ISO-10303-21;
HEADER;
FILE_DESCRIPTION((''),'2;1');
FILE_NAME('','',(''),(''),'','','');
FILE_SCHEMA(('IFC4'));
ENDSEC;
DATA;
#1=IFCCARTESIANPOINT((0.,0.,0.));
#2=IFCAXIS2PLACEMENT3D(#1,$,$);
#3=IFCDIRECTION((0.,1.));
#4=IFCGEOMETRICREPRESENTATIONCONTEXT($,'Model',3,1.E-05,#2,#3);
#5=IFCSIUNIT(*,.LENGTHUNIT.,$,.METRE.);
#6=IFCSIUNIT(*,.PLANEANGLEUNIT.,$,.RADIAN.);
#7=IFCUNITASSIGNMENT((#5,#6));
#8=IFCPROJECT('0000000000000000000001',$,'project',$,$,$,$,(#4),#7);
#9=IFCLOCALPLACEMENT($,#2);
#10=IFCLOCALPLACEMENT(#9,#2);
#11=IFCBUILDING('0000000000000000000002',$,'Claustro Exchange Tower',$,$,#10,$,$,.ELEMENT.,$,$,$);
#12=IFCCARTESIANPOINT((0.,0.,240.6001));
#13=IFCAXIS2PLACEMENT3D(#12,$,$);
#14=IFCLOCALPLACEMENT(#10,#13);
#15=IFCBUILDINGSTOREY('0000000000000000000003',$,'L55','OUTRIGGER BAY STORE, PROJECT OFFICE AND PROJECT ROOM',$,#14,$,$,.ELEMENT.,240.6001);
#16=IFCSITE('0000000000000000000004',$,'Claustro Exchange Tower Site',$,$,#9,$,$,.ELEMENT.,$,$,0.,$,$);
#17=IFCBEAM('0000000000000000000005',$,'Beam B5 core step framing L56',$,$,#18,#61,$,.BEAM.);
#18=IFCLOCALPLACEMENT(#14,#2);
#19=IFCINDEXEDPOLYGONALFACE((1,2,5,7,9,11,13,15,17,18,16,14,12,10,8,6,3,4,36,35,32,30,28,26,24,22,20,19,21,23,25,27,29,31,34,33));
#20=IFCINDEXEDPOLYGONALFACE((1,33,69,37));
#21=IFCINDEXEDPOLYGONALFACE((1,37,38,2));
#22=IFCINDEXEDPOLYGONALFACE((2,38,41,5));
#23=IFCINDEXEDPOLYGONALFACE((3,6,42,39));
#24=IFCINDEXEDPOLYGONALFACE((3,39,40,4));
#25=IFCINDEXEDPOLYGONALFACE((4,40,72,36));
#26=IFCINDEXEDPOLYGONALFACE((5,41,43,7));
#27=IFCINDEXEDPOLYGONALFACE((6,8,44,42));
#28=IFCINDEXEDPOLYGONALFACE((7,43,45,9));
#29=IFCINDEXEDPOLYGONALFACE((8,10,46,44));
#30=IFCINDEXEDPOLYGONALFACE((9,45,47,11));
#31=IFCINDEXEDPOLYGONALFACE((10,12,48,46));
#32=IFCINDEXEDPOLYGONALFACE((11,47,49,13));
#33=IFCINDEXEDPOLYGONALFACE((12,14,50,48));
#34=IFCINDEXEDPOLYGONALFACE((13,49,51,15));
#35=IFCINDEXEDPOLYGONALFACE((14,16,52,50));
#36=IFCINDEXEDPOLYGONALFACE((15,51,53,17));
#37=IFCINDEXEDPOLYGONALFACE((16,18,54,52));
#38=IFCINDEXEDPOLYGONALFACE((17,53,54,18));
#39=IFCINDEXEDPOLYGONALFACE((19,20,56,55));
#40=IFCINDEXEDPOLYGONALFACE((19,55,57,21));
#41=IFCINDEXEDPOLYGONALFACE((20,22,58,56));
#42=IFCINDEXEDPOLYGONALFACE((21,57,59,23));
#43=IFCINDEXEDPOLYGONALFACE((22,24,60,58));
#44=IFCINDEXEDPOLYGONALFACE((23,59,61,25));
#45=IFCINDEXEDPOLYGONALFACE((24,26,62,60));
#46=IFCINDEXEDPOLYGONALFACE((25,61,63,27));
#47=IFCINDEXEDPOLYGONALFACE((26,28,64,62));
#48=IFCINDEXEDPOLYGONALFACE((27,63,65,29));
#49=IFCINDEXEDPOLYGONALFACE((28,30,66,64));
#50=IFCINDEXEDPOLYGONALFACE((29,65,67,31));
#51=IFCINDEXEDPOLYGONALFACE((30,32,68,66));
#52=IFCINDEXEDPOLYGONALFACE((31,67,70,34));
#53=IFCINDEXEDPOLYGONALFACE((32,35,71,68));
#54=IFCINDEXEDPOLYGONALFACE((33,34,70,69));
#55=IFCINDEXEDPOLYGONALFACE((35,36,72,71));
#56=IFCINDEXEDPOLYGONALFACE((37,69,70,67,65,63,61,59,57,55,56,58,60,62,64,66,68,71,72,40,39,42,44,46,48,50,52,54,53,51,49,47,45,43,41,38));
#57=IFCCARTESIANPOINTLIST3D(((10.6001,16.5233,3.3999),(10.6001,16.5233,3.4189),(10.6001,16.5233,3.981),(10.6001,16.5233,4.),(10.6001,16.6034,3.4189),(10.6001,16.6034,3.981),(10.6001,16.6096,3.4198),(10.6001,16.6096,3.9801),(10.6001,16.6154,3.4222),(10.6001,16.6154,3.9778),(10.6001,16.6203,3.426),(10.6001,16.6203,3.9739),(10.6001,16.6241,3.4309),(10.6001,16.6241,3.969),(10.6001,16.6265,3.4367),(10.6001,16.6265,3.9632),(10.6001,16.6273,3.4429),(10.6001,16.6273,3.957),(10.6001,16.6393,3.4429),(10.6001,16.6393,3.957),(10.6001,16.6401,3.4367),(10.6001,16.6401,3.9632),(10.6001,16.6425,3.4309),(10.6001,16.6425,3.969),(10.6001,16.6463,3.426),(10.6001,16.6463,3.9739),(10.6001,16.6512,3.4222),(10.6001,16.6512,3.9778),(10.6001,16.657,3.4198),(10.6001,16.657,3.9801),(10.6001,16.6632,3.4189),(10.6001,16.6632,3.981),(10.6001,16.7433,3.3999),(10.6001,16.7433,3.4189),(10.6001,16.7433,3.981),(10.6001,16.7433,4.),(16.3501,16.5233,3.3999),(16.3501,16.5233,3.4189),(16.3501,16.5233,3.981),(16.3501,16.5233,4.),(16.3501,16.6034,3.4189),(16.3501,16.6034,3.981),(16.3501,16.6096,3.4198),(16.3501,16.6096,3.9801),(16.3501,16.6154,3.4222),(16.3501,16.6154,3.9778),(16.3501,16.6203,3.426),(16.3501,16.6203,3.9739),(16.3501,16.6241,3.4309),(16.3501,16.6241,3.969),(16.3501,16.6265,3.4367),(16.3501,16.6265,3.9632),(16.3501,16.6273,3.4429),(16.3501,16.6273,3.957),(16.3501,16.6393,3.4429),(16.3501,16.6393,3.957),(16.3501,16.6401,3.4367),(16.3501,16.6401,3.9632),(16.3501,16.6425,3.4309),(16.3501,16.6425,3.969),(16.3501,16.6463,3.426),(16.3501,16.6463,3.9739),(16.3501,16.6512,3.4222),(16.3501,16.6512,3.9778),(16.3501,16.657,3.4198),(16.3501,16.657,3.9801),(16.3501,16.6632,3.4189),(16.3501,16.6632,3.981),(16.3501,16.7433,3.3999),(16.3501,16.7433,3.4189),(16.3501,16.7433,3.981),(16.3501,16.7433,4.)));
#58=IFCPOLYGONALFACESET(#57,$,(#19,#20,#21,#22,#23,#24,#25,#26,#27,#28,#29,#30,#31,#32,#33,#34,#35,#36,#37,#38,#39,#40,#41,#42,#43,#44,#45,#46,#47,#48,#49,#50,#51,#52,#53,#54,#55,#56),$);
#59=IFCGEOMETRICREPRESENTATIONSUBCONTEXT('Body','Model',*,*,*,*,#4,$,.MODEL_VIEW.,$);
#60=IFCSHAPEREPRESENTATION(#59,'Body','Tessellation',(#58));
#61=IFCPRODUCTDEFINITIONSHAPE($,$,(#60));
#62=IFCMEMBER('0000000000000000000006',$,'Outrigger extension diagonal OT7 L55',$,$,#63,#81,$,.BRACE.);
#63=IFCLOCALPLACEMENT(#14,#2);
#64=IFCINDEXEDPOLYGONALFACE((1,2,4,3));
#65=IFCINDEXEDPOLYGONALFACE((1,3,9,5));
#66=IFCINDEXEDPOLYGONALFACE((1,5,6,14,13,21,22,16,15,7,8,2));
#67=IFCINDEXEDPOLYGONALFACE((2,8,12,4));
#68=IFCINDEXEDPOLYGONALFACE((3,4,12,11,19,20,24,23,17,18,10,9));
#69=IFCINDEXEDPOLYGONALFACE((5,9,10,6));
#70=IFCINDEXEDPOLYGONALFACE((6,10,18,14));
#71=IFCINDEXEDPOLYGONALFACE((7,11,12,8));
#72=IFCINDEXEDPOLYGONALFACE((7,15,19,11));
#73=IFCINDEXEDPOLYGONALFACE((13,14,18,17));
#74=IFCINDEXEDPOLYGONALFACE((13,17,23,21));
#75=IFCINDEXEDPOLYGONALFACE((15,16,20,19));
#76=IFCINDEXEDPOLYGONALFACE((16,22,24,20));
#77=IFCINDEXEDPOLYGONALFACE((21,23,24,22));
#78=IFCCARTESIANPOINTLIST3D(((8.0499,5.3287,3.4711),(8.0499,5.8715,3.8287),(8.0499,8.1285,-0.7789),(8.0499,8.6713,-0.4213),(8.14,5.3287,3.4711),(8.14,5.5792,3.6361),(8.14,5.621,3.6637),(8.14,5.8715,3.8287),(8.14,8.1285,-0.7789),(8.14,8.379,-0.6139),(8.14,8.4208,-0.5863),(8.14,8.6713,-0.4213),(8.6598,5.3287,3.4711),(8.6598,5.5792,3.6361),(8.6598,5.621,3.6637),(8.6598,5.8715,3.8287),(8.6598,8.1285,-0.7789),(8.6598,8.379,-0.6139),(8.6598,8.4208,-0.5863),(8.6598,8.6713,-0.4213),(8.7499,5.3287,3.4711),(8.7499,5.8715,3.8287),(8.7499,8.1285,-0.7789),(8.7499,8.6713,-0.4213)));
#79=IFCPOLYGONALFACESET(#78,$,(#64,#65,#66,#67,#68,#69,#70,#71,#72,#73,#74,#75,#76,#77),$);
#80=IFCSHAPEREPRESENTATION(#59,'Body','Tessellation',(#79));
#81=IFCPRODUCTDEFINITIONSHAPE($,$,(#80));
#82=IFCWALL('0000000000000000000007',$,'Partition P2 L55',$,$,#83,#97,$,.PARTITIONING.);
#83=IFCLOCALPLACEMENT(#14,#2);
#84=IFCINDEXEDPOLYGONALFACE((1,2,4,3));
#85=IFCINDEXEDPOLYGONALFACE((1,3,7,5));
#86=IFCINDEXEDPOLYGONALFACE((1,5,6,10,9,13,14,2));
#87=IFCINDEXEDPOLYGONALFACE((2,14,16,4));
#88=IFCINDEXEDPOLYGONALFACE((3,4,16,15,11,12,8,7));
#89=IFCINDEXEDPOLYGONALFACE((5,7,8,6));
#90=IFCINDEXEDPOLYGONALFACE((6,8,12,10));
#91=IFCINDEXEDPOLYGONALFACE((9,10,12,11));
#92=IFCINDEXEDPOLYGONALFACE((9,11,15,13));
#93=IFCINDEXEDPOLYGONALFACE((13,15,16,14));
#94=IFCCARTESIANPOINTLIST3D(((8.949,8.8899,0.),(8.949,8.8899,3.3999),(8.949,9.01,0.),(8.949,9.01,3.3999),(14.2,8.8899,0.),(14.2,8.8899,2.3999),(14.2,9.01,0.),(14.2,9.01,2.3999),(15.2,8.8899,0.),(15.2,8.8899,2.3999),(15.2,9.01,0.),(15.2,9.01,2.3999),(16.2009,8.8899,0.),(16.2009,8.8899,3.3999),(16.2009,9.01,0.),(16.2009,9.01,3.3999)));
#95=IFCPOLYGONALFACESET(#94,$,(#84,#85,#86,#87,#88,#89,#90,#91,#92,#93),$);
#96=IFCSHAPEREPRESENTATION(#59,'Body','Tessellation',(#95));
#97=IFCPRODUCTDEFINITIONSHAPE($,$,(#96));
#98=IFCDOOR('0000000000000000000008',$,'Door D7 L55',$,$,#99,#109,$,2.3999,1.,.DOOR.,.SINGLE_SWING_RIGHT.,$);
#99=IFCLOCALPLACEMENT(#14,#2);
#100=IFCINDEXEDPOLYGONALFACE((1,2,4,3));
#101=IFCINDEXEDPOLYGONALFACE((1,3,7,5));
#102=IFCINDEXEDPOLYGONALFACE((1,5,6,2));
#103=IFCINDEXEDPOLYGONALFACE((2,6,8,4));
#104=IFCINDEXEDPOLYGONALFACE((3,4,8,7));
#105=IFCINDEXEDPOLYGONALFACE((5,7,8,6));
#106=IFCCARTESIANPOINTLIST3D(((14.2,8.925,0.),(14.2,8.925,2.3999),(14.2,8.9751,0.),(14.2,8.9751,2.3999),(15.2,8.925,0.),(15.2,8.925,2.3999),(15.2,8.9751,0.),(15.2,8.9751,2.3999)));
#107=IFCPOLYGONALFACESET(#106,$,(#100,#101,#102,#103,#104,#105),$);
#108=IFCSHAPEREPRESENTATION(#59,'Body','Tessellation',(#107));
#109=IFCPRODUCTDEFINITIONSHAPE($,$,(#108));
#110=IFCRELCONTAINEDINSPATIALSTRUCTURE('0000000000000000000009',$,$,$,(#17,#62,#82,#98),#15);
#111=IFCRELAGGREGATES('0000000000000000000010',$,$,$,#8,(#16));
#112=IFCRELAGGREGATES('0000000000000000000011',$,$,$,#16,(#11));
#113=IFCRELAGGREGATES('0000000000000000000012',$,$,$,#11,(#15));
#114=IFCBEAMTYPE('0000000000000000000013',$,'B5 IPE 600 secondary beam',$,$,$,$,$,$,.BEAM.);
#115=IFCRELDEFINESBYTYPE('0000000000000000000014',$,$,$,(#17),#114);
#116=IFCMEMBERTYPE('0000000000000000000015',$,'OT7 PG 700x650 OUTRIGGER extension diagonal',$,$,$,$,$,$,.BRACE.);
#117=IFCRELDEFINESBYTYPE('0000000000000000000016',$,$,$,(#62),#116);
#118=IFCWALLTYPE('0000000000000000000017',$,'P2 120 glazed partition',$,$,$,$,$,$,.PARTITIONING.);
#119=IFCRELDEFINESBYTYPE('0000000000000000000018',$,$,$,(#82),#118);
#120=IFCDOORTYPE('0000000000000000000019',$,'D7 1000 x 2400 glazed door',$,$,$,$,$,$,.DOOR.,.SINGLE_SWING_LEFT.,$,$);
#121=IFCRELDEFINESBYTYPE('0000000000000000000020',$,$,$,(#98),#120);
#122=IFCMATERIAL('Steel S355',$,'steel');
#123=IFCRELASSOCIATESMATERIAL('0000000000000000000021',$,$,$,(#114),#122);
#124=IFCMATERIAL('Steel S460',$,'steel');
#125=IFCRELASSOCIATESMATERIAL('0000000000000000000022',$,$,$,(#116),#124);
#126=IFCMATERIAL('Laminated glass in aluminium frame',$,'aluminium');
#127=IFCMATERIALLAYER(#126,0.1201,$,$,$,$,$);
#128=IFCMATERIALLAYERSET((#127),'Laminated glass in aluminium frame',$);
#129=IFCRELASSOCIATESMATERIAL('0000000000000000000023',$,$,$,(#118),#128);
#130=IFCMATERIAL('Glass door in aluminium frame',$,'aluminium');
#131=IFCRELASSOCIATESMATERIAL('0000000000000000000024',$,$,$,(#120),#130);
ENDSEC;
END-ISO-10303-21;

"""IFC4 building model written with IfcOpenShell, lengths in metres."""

from ifc_helpers import new_model, si_unit, direction, frame, frame_2d, origin, origin_2d, place, context, subcontext, project, spatial, rectangle, i_section, extrude, material, layer, layer_set, material_profile, profile_set, type_object, element, fill, save


model = new_model("IFC4")

# Units and contexts
model_context = context("Model", 3, precision=1e-05, world=origin(), true_north=direction((0.0, 1.0)))
body_context = subcontext(model_context, "Body", "Model", "MODEL_VIEW")
ifc_project = project(units=[si_unit("LENGTHUNIT", "METRE"), si_unit("PLANEANGLEUNIT", "RADIAN")], contexts=[model_context])

# Site, building, storey
site_placement = place(None, origin())
site = spatial("IfcSite", under=ifc_project, at=site_placement, Name="Claustro Exchange Tower Site", CompositionType="ELEMENT", RefElevation=0.0)
building_placement = place(site_placement, origin())
building = spatial("IfcBuilding", under=site, at=building_placement, Name="Claustro Exchange Tower", CompositionType="ELEMENT")
storey_placement = place(building_placement, frame((0.0, 0.0, 240.6001)))
storey = spatial("IfcBuildingStorey", under=building, at=storey_placement, Name="L55", Description="OUTRIGGER BAY STORE, PROJECT OFFICE AND PROJECT ROOM", CompositionType="ELEMENT", Elevation=240.6001)

# Beam
ifc_material_1 = material(Name="Steel S355", Category="steel")
ifc_material_profile_1 = material_profile(ifc_material_1, i_section(OverallWidth=0.22, OverallDepth=0.6001, WebThickness=0.012, FlangeThickness=0.019, FilletRadius=0.0239, at=origin_2d()), Name="IPE 600")
ifc_profile_set_1 = profile_set([ifc_material_profile_1], Name="Steel S355")
beam_type = type_object("IfcBeamType", Name="B5 IPE 600 secondary beam", PredefinedType="BEAM", material=ifc_profile_set_1)
beam_placement = place(storey_placement, frame((10.6001, 16.6333, 3.7), z_axis=(1.0, 0.0, 0.0), x_axis=(0.0, 1.0, 0.0)))
element("IfcBeam", 1, at=beam_placement, inside=storey, type_object=beam_type, Name="Beam B5 core step framing L56", PredefinedType="BEAM", context=body_context, shape_type="SweptSolid", body=[
    extrude(i_section(OverallWidth=0.22, OverallDepth=0.6001, WebThickness=0.012, FlangeThickness=0.019, FilletRadius=0.0239, at=origin_2d()), origin(), (0.0, 0.0, 1.0), 5.75),
])

# Member
ifc_material_2 = material(Name="Steel S460", Category="steel")
ifc_material_profile_2 = material_profile(ifc_material_2, i_section(OverallWidth=0.6499, OverallDepth=0.7, WebThickness=0.05, FlangeThickness=0.0901, at=origin_2d()), Name="PG 700x650")
ifc_profile_set_2 = profile_set([ifc_material_profile_2], Name="Steel S460")
member_type = type_object("IfcMemberType", Name="OT7 PG 700x650 OUTRIGGER extension diagonal", PredefinedType="BRACE", material=ifc_profile_set_2)
member_placement = place(storey_placement, frame((8.3999, 8.3999, -0.6001), z_axis=(0.0, -0.550131, 0.835078), x_axis=(0.0, 0.835078, 0.550131)))
element("IfcMember", 2, at=member_placement, inside=storey, type_object=member_type, Name="Outrigger extension diagonal OT7 L55", PredefinedType="BRACE", context=body_context, shape_type="SweptSolid", body=[
    extrude(i_section(OverallWidth=0.6499, OverallDepth=0.7, WebThickness=0.05, FlangeThickness=0.0901, at=origin_2d()), origin(), (0.0, 0.0, 1.0), 5.0894),
])

# Wall, opening, door
ifc_material_3 = material(Name="Laminated glass in aluminium frame", Category="aluminium")
ifc_layer_1 = layer(ifc_material_3, 0.1201)
ifc_layer_set_1 = layer_set([ifc_layer_1], Name="Laminated glass in aluminium frame")
wall_type_1 = type_object("IfcWallType", Name="P2 120 glazed partition", PredefinedType="PARTITIONING", material=ifc_layer_set_1)
wall_1_placement = place(storey_placement, frame((8.949, 8.95, 0.0), z_axis=(0.0, 0.0, 1.0), x_axis=(1.0, 0.0, 0.0)))
wall_1 = element("IfcWall", 3, at=wall_1_placement, inside=storey, type_object=wall_type_1, Name="Partition P2 L55", PredefinedType="PARTITIONING", context=body_context, shape_type="SweptSolid", body=[
    extrude(rectangle(XDim=7.252, YDim=0.1201, at=frame_2d((3.626, 0.0))), origin(), (0.0, 0.0, 1.0), 3.3999),
])
opening_1_placement = place(wall_1_placement, frame((5.251, 0.0, 0.0)))
opening_1 = element("IfcOpeningElement", 4, at=opening_1_placement, cuts=wall_1, PredefinedType="OPENING", context=body_context, shape_type="SweptSolid", body=[
    extrude(rectangle(XDim=1.0, YDim=2.3999, at=frame_2d((0.5, 1.2))), frame((0.0, 0.0701, 0.0), z_axis=(0.0, -1.0, 0.0), x_axis=(1.0, 0.0, 0.0)), (0.0, 0.0, 1.0), 0.1401),
])
ifc_material_4 = material(Name="Glass door in aluminium frame", Category="aluminium")
door_type_1 = type_object("IfcDoorType", Name="D7 1000 x 2400 glazed door", OperationType="SINGLE_SWING_LEFT", PredefinedType="DOOR", material=ifc_material_4)
door_1_placement = place(opening_1_placement, frame((1.0, 0.0, 0.0), z_axis=(0.0, 0.0, 1.0), x_axis=(-1.0, 0.0, 0.0)))
door_1 = element("IfcDoor", 5, at=door_1_placement, inside=storey, type_object=door_type_1, Name="Door D7 L55", OperationType="SINGLE_SWING_RIGHT", OverallHeight=2.3999, OverallWidth=1.0, PredefinedType="DOOR", context=body_context, shape_type="SweptSolid", body=[
    extrude(rectangle(XDim=1.0, YDim=2.3999, at=frame_2d((0.5, 1.2))), frame((0.0, 0.0249, 0.0), z_axis=(0.0, -1.0, 0.0), x_axis=(1.0, 0.0, 0.0)), (0.0, 0.0, 1.0), 0.05),
])
fill(opening_1, door_1)

save(model, "model.ifc")
